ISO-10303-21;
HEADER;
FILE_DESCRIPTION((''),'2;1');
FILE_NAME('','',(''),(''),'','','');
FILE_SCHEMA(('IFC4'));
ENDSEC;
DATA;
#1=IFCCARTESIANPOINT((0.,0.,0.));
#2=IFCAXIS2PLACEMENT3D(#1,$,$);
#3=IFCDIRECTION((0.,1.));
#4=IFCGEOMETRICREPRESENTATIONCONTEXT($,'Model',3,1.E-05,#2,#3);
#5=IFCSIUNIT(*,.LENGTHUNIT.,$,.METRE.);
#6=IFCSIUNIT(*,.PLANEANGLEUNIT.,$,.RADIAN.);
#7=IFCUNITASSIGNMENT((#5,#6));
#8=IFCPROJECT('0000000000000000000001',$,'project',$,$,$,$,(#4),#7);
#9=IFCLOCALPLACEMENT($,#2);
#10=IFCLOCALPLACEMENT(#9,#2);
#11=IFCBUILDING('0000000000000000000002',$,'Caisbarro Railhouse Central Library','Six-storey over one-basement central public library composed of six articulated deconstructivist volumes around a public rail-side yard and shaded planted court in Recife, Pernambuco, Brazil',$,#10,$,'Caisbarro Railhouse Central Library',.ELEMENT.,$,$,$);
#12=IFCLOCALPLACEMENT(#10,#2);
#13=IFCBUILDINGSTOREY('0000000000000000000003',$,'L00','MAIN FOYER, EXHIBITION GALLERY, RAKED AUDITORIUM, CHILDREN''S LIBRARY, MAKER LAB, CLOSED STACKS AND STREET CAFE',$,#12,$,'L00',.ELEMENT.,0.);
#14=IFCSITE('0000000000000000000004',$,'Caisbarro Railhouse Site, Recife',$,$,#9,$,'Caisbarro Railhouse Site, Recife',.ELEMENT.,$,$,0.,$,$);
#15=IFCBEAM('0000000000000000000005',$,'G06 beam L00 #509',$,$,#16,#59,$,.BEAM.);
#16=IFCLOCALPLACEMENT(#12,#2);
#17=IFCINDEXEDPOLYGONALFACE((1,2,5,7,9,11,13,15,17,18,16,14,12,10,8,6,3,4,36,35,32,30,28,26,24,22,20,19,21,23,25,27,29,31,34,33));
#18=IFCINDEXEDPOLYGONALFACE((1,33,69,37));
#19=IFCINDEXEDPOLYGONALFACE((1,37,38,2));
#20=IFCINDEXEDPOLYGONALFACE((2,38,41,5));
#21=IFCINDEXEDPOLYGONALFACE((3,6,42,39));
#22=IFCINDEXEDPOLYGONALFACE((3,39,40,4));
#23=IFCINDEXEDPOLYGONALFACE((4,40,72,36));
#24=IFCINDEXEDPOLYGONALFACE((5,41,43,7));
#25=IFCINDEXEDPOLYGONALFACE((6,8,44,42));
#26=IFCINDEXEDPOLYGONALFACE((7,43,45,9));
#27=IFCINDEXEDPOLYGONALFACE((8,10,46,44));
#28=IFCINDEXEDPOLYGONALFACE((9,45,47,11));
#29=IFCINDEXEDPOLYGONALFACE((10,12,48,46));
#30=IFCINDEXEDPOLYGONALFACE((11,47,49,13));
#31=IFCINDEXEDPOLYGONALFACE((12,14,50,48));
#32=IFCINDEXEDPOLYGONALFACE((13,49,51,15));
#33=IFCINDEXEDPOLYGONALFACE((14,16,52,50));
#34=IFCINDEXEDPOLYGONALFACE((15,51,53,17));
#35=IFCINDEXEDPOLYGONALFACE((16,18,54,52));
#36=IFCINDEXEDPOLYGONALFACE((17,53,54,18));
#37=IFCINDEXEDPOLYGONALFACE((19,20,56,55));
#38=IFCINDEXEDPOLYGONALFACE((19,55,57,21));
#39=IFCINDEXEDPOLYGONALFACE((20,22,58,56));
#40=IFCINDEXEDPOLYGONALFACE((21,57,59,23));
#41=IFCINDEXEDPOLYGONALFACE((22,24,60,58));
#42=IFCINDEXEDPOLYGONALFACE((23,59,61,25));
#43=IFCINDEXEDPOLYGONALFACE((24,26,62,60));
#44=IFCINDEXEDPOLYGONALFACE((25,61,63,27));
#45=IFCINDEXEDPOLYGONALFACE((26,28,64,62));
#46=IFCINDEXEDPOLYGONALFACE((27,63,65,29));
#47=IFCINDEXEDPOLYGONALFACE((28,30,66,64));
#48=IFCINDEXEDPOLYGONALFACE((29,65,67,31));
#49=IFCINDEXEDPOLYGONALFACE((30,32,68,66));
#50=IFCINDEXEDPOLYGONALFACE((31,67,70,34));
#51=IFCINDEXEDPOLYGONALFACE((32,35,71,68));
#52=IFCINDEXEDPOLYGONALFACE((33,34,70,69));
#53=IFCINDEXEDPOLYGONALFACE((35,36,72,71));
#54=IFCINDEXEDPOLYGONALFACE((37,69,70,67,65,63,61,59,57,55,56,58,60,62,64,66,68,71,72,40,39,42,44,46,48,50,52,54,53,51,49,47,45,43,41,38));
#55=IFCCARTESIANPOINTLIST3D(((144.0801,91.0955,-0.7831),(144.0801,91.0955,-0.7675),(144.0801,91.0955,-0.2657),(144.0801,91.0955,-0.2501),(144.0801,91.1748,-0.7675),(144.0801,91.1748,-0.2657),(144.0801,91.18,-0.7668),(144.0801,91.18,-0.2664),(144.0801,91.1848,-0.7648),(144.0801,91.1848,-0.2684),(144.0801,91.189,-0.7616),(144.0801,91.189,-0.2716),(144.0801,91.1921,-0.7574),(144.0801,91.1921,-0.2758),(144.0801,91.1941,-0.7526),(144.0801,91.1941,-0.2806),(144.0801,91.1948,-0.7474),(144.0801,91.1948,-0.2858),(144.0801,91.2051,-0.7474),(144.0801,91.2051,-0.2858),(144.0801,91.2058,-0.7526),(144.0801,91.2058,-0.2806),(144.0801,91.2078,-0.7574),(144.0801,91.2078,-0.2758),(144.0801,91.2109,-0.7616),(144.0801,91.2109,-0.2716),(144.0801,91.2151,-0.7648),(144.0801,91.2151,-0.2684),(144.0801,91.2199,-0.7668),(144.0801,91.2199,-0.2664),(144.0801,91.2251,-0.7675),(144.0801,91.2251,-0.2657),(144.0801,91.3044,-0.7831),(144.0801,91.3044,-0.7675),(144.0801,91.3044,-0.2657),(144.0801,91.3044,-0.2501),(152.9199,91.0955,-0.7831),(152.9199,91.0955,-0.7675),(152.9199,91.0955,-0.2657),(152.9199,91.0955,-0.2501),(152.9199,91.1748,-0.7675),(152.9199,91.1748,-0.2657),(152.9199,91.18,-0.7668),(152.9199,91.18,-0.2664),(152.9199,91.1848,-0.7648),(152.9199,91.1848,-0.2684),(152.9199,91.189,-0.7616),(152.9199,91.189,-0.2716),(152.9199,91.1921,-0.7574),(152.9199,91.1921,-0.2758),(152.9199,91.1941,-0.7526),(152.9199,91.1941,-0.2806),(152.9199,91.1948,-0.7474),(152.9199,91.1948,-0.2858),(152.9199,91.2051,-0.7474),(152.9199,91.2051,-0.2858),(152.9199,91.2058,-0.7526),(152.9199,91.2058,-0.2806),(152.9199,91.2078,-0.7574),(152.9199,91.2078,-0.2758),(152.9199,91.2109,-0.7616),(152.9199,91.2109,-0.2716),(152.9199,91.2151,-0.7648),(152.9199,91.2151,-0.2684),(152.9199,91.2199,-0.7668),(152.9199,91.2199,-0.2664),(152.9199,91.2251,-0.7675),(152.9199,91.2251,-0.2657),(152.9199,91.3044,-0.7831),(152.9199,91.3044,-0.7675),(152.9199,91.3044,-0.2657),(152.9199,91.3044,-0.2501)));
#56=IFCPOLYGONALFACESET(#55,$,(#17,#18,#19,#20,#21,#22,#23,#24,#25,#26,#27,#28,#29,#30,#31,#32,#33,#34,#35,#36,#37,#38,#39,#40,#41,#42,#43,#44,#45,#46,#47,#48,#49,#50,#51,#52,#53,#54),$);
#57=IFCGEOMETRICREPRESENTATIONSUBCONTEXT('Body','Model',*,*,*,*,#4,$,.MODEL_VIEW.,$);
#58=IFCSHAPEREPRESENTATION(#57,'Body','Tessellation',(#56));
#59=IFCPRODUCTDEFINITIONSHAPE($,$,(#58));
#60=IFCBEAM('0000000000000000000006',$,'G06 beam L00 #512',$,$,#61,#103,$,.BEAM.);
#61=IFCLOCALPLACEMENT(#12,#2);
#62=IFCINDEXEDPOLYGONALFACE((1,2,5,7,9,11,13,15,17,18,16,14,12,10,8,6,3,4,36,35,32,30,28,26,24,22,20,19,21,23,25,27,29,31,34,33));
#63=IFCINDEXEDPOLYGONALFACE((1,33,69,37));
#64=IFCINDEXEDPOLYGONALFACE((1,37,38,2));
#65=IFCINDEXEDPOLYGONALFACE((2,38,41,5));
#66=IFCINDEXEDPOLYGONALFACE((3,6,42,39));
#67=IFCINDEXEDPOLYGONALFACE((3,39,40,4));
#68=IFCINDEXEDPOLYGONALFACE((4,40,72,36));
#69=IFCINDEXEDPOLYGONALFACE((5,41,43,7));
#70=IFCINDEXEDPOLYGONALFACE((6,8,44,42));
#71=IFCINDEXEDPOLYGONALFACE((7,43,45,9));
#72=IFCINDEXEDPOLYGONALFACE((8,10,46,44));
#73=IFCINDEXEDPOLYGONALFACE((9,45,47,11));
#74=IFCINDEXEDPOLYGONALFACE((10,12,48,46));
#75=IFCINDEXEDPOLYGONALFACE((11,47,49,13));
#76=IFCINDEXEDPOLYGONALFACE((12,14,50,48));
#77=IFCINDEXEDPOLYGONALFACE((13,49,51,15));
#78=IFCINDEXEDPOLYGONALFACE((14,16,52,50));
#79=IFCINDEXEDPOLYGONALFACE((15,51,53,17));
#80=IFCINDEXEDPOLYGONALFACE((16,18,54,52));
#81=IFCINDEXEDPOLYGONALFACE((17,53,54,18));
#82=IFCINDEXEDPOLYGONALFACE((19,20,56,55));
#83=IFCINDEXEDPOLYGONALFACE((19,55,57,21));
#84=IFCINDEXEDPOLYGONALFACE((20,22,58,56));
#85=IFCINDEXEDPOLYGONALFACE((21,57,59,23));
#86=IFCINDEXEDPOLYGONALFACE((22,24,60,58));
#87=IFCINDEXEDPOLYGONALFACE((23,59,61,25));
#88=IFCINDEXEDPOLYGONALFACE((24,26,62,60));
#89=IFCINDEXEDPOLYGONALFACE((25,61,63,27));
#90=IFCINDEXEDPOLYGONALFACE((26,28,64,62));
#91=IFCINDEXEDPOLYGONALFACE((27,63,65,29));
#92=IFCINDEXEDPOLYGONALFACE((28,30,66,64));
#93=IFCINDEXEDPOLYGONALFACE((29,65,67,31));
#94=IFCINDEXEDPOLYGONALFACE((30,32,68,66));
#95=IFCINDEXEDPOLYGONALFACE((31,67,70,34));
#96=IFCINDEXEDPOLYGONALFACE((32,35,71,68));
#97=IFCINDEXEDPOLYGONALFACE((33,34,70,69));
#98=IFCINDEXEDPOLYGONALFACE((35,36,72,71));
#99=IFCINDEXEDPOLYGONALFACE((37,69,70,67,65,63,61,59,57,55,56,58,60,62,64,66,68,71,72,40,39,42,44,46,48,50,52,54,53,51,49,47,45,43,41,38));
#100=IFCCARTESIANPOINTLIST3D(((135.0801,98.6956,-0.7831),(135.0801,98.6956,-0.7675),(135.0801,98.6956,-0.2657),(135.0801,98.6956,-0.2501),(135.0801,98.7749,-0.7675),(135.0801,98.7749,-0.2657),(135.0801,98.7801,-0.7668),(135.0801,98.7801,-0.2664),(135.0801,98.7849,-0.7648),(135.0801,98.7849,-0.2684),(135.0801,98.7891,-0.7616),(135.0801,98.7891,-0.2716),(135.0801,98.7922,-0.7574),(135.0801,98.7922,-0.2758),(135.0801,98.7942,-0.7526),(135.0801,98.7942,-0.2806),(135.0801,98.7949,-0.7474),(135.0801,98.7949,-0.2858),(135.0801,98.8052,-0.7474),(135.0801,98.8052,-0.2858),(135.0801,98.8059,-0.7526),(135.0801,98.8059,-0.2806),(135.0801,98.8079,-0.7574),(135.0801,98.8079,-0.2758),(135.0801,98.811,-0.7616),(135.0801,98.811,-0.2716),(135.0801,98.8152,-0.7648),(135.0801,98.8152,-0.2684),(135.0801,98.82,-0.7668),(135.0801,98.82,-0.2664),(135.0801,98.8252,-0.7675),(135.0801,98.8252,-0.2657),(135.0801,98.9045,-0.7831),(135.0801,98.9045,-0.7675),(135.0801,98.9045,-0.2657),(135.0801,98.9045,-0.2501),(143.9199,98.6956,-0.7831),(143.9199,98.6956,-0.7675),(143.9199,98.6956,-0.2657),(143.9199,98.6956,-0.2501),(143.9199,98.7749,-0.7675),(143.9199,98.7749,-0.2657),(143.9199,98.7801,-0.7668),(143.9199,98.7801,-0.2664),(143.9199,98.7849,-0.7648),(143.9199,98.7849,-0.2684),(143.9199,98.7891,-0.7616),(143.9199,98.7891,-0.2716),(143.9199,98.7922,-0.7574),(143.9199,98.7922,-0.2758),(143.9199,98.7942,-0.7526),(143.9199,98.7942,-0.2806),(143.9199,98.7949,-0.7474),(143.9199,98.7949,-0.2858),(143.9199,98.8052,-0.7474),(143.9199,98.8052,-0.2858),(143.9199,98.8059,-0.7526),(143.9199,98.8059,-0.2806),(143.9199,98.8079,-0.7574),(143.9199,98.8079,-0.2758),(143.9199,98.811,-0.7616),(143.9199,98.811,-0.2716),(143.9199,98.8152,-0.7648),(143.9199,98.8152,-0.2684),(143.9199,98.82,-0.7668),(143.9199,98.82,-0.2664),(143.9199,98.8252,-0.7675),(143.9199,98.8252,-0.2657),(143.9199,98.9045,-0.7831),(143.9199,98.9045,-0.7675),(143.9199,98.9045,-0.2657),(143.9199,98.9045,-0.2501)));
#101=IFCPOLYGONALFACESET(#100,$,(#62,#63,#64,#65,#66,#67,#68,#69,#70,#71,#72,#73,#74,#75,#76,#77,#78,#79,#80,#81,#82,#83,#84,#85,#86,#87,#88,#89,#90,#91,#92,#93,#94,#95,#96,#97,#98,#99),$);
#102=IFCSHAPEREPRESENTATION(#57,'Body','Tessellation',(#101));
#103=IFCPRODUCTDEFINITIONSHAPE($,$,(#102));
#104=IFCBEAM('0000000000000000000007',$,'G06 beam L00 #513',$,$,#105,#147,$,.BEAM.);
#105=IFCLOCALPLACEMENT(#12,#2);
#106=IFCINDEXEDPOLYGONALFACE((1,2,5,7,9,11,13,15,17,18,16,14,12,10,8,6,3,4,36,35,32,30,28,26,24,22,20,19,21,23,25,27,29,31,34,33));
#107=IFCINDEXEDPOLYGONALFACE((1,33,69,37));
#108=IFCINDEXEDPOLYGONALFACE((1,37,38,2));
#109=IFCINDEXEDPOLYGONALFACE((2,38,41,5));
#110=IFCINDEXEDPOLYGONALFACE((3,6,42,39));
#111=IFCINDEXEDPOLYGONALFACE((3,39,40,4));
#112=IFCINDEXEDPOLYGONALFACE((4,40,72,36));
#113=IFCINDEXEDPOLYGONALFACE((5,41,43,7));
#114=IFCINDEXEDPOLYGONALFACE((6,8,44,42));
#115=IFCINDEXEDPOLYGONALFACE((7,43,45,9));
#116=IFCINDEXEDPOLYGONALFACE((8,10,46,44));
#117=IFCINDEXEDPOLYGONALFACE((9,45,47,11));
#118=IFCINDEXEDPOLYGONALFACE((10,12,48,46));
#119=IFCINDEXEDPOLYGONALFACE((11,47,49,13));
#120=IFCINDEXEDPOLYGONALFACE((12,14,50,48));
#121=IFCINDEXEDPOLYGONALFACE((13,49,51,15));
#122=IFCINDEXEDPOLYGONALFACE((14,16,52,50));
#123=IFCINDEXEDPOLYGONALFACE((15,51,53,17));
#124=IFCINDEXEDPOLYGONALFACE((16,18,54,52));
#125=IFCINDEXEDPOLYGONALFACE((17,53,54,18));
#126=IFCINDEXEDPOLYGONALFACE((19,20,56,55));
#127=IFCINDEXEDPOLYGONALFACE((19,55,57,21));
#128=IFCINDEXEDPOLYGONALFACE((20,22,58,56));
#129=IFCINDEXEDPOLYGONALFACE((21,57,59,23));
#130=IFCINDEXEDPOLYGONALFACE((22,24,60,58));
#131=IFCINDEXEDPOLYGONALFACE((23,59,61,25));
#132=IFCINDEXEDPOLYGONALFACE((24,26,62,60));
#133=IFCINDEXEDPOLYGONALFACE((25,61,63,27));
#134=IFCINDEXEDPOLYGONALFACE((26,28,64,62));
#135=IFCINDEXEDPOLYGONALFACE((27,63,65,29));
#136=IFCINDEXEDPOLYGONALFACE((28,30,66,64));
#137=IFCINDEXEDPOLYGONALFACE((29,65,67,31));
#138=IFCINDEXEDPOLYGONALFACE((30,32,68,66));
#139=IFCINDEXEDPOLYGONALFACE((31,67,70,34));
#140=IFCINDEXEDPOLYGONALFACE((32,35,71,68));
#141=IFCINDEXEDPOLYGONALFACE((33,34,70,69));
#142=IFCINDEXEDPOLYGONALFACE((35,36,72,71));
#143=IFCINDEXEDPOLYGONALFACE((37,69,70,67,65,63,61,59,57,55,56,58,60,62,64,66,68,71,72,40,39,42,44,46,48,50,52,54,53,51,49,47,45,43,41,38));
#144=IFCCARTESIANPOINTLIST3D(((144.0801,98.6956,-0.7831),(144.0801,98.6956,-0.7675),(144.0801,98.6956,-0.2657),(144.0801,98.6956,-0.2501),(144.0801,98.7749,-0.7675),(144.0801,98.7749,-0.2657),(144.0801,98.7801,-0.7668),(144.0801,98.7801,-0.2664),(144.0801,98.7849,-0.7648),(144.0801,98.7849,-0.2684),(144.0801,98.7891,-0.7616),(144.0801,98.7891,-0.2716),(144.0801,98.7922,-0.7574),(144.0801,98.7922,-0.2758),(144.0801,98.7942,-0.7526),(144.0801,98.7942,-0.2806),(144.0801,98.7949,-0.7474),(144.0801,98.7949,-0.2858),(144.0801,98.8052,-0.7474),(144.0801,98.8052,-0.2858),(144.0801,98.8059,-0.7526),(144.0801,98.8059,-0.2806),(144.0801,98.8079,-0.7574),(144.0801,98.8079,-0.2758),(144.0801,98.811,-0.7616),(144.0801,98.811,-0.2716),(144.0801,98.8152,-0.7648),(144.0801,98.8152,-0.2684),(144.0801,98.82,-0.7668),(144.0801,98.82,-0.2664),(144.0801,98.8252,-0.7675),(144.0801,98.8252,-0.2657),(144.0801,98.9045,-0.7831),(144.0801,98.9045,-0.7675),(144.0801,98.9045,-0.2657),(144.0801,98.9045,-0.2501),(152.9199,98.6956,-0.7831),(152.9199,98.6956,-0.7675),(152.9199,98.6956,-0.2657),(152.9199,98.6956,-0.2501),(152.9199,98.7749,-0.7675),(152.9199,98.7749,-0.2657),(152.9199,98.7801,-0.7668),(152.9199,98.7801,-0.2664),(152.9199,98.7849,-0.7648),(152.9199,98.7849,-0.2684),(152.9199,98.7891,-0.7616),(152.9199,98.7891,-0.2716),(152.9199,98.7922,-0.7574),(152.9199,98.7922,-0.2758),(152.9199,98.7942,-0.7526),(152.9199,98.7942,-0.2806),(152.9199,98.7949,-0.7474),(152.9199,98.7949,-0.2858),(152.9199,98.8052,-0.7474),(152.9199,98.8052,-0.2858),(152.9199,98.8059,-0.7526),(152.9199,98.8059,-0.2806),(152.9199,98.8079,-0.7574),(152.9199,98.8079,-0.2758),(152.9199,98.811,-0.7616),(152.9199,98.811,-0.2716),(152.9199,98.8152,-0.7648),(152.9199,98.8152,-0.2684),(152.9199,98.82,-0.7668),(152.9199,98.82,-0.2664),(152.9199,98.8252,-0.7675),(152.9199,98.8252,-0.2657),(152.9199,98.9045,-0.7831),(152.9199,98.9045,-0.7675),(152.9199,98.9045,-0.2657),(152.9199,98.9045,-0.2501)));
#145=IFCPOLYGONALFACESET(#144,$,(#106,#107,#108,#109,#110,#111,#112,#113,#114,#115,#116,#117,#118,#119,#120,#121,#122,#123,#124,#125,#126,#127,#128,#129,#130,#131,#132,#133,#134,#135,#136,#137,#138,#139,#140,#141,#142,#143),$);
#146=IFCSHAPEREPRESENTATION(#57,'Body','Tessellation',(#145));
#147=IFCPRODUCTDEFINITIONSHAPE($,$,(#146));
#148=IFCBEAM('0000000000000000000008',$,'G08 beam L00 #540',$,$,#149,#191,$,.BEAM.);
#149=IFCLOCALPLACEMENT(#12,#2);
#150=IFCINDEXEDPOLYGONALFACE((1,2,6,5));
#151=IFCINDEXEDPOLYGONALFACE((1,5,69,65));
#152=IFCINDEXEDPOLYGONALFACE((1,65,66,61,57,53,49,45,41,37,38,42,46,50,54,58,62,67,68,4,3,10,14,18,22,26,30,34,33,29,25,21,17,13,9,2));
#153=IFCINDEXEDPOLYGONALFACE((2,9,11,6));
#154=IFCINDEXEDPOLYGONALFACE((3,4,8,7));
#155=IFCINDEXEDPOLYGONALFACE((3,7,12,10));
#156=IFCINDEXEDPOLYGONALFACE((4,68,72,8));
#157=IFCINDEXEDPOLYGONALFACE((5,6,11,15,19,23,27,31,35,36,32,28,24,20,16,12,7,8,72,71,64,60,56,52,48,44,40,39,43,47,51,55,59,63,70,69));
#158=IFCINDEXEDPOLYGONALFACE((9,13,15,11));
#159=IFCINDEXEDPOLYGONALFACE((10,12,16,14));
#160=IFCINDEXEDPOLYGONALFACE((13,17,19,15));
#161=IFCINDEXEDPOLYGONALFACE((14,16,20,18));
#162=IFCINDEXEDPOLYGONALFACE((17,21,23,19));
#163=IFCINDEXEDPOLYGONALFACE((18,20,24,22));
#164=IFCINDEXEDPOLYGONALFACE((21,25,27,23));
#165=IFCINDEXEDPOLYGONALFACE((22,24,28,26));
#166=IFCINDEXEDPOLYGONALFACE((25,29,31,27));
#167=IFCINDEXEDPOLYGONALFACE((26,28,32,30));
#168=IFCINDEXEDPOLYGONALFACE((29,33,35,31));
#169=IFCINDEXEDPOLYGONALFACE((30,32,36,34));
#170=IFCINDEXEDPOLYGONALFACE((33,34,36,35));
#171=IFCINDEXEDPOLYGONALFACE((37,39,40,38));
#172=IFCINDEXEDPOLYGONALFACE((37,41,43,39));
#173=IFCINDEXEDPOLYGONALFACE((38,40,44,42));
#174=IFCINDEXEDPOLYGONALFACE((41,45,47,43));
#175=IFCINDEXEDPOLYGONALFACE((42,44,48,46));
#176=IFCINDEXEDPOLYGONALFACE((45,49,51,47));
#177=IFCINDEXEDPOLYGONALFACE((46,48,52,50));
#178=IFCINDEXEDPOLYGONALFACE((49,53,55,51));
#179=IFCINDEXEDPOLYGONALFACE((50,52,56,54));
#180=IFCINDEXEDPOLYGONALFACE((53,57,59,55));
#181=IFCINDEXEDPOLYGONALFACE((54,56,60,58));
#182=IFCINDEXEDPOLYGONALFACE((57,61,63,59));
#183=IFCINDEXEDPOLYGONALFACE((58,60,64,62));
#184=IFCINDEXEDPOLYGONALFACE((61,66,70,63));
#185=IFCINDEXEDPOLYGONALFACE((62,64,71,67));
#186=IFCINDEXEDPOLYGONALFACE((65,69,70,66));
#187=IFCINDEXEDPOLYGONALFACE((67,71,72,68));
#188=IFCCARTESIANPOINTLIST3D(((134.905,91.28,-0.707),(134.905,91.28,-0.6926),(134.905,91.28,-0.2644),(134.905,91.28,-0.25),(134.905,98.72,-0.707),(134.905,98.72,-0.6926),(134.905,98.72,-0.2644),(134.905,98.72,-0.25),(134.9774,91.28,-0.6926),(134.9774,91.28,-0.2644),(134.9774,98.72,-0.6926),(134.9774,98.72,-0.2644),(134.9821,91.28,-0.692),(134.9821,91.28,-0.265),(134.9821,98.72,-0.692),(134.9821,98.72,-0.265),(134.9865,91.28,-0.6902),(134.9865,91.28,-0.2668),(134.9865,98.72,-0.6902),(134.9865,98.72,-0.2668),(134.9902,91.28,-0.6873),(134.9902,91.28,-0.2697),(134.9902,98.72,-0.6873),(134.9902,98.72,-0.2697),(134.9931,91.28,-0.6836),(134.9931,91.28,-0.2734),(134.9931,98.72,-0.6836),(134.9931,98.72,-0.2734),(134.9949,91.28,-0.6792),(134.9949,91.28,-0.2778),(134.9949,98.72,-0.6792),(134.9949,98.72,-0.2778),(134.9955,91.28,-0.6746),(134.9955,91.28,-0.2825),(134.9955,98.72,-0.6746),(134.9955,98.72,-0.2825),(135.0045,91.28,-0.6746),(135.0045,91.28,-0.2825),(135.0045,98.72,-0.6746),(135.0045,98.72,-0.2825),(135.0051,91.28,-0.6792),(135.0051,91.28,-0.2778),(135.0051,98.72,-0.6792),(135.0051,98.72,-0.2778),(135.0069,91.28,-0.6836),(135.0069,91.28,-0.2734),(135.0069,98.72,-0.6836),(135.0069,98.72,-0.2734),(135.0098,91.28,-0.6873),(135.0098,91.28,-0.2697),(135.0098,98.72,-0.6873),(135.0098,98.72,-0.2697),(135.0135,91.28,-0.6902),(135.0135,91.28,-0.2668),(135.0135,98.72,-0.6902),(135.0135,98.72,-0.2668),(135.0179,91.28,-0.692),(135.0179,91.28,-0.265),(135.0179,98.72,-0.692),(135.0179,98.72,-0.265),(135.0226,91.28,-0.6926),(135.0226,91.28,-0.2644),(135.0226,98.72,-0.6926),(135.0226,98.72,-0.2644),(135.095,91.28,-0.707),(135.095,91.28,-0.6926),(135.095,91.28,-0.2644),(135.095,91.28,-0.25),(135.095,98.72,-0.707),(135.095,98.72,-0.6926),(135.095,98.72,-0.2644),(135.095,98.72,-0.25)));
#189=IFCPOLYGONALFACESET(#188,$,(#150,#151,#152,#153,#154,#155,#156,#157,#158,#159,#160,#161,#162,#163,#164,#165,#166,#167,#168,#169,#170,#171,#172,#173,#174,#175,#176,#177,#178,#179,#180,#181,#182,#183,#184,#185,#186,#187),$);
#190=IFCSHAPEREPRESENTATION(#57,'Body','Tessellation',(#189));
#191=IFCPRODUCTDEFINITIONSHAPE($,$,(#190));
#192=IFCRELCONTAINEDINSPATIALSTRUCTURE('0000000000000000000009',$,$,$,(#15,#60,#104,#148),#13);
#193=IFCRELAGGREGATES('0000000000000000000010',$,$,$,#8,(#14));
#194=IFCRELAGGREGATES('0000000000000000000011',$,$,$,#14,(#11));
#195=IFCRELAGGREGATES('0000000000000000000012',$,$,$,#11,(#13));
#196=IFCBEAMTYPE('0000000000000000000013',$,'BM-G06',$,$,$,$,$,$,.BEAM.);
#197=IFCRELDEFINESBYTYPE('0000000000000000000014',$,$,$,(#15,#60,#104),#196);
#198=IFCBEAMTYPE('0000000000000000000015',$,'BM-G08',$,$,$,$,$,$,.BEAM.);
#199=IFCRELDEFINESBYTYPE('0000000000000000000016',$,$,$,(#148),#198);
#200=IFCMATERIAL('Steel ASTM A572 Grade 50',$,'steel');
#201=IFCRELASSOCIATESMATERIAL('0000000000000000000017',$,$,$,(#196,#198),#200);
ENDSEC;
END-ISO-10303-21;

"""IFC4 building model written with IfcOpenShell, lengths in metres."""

from ifc_helpers import new_model, si_unit, direction, frame, origin, origin_2d, place, context, subcontext, project, spatial, i_section, extrude, material, material_profile, profile_set, type_object, element, save


model = new_model("IFC4")

# Units and contexts
model_context = context("Model", 3, precision=1e-05, world=origin(), true_north=direction((0.0, 1.0)))
body_context = subcontext(model_context, "Body", "Model", "MODEL_VIEW")
ifc_project = project(units=[si_unit("LENGTHUNIT", "METRE"), si_unit("PLANEANGLEUNIT", "RADIAN")], contexts=[model_context])

# Site, building, storey
site_placement = place(None, origin())
site = spatial("IfcSite", under=ifc_project, at=site_placement, Name="Caisbarro Railhouse Site, Recife", LongName="Caisbarro Railhouse Site, Recife", CompositionType="ELEMENT", RefElevation=0.0)
building_placement = place(site_placement, origin())
building = spatial("IfcBuilding", under=site, at=building_placement, Name="Caisbarro Railhouse Central Library", Description="Six-storey over one-basement central public library composed of six articulated deconstructivist volumes around a public rail-side yard and shaded planted court in Recife, Pernambuco, Brazil", LongName="Caisbarro Railhouse Central Library", CompositionType="ELEMENT")
storey_placement = place(building_placement, origin())
storey = spatial("IfcBuildingStorey", under=building, at=storey_placement, Name="L00", Description="MAIN FOYER, EXHIBITION GALLERY, RAKED AUDITORIUM, CHILDREN'S LIBRARY, MAKER LAB, CLOSED STACKS AND STREET CAFE", LongName="L00", CompositionType="ELEMENT", Elevation=0.0)

# Shared definitions
ifc_material_1 = material(Name="Steel ASTM A572 Grade 50", Category="steel")

# Beams
ifc_material_profile_1 = material_profile(ifc_material_1, i_section(OverallWidth=0.209, OverallDepth=0.533, WebThickness=0.0103, FlangeThickness=0.0156, FilletRadius=0.02, at=origin_2d()), Name="W530X92.0")
ifc_profile_set_1 = profile_set([ifc_material_profile_1], Name="Steel ASTM A572 Grade 50")
beam_type_1 = type_object("IfcBeamType", Name="BM-G06", PredefinedType="BEAM", material=ifc_profile_set_1)
for number, where, z_axis, x_axis, name in (
    (1, (144.0801, 91.2, -0.5166), (1.0, 0.0, 0.0), (0.0, 1.0, 0.0), "G06 beam L00 #509"),
    (2, (135.0801, 98.8, -0.5166), (1.0, 0.0, 0.0), (0.0, 1.0, 0.0), "G06 beam L00 #512"),
    (3, (144.0801, 98.8, -0.5166), (1.0, 0.0, 0.0), (0.0, 1.0, 0.0), "G06 beam L00 #513"),
):
    element("IfcBeam", number, at=place(storey_placement, frame(where, z_axis=z_axis, x_axis=x_axis)), inside=storey, type_object=beam_type_1, Name=name, PredefinedType="BEAM", context=body_context, shape_type="SweptSolid", body=[
        extrude(i_section(OverallWidth=0.209, OverallDepth=0.533, WebThickness=0.0103, FlangeThickness=0.0156, FilletRadius=0.02, at=origin_2d()), origin(), (0.0, 0.0, 1.0), 8.8398),
    ])
ifc_material_profile_2 = material_profile(ifc_material_1, i_section(OverallWidth=0.1899, OverallDepth=0.457, WebThickness=0.009, FlangeThickness=0.0144, FilletRadius=0.0181, at=origin_2d()), Name="W460X74.0")
ifc_profile_set_2 = profile_set([ifc_material_profile_2], Name="Steel ASTM A572 Grade 50")
beam_type_2 = type_object("IfcBeamType", Name="BM-G08", PredefinedType="BEAM", material=ifc_profile_set_2)
beam_1_placement = place(storey_placement, frame((135.0, 91.28, -0.4785), z_axis=(0.0, 1.0, 0.0), x_axis=(-1.0, 0.0, 0.0)))
element("IfcBeam", 4, at=beam_1_placement, inside=storey, type_object=beam_type_2, Name="G08 beam L00 #540", PredefinedType="BEAM", context=body_context, shape_type="SweptSolid", body=[
    extrude(i_section(OverallWidth=0.1899, OverallDepth=0.457, WebThickness=0.009, FlangeThickness=0.0144, FilletRadius=0.0181, at=origin_2d()), origin(), (0.0, 0.0, 1.0), 7.4399),
])

save(model, "model.ifc")
